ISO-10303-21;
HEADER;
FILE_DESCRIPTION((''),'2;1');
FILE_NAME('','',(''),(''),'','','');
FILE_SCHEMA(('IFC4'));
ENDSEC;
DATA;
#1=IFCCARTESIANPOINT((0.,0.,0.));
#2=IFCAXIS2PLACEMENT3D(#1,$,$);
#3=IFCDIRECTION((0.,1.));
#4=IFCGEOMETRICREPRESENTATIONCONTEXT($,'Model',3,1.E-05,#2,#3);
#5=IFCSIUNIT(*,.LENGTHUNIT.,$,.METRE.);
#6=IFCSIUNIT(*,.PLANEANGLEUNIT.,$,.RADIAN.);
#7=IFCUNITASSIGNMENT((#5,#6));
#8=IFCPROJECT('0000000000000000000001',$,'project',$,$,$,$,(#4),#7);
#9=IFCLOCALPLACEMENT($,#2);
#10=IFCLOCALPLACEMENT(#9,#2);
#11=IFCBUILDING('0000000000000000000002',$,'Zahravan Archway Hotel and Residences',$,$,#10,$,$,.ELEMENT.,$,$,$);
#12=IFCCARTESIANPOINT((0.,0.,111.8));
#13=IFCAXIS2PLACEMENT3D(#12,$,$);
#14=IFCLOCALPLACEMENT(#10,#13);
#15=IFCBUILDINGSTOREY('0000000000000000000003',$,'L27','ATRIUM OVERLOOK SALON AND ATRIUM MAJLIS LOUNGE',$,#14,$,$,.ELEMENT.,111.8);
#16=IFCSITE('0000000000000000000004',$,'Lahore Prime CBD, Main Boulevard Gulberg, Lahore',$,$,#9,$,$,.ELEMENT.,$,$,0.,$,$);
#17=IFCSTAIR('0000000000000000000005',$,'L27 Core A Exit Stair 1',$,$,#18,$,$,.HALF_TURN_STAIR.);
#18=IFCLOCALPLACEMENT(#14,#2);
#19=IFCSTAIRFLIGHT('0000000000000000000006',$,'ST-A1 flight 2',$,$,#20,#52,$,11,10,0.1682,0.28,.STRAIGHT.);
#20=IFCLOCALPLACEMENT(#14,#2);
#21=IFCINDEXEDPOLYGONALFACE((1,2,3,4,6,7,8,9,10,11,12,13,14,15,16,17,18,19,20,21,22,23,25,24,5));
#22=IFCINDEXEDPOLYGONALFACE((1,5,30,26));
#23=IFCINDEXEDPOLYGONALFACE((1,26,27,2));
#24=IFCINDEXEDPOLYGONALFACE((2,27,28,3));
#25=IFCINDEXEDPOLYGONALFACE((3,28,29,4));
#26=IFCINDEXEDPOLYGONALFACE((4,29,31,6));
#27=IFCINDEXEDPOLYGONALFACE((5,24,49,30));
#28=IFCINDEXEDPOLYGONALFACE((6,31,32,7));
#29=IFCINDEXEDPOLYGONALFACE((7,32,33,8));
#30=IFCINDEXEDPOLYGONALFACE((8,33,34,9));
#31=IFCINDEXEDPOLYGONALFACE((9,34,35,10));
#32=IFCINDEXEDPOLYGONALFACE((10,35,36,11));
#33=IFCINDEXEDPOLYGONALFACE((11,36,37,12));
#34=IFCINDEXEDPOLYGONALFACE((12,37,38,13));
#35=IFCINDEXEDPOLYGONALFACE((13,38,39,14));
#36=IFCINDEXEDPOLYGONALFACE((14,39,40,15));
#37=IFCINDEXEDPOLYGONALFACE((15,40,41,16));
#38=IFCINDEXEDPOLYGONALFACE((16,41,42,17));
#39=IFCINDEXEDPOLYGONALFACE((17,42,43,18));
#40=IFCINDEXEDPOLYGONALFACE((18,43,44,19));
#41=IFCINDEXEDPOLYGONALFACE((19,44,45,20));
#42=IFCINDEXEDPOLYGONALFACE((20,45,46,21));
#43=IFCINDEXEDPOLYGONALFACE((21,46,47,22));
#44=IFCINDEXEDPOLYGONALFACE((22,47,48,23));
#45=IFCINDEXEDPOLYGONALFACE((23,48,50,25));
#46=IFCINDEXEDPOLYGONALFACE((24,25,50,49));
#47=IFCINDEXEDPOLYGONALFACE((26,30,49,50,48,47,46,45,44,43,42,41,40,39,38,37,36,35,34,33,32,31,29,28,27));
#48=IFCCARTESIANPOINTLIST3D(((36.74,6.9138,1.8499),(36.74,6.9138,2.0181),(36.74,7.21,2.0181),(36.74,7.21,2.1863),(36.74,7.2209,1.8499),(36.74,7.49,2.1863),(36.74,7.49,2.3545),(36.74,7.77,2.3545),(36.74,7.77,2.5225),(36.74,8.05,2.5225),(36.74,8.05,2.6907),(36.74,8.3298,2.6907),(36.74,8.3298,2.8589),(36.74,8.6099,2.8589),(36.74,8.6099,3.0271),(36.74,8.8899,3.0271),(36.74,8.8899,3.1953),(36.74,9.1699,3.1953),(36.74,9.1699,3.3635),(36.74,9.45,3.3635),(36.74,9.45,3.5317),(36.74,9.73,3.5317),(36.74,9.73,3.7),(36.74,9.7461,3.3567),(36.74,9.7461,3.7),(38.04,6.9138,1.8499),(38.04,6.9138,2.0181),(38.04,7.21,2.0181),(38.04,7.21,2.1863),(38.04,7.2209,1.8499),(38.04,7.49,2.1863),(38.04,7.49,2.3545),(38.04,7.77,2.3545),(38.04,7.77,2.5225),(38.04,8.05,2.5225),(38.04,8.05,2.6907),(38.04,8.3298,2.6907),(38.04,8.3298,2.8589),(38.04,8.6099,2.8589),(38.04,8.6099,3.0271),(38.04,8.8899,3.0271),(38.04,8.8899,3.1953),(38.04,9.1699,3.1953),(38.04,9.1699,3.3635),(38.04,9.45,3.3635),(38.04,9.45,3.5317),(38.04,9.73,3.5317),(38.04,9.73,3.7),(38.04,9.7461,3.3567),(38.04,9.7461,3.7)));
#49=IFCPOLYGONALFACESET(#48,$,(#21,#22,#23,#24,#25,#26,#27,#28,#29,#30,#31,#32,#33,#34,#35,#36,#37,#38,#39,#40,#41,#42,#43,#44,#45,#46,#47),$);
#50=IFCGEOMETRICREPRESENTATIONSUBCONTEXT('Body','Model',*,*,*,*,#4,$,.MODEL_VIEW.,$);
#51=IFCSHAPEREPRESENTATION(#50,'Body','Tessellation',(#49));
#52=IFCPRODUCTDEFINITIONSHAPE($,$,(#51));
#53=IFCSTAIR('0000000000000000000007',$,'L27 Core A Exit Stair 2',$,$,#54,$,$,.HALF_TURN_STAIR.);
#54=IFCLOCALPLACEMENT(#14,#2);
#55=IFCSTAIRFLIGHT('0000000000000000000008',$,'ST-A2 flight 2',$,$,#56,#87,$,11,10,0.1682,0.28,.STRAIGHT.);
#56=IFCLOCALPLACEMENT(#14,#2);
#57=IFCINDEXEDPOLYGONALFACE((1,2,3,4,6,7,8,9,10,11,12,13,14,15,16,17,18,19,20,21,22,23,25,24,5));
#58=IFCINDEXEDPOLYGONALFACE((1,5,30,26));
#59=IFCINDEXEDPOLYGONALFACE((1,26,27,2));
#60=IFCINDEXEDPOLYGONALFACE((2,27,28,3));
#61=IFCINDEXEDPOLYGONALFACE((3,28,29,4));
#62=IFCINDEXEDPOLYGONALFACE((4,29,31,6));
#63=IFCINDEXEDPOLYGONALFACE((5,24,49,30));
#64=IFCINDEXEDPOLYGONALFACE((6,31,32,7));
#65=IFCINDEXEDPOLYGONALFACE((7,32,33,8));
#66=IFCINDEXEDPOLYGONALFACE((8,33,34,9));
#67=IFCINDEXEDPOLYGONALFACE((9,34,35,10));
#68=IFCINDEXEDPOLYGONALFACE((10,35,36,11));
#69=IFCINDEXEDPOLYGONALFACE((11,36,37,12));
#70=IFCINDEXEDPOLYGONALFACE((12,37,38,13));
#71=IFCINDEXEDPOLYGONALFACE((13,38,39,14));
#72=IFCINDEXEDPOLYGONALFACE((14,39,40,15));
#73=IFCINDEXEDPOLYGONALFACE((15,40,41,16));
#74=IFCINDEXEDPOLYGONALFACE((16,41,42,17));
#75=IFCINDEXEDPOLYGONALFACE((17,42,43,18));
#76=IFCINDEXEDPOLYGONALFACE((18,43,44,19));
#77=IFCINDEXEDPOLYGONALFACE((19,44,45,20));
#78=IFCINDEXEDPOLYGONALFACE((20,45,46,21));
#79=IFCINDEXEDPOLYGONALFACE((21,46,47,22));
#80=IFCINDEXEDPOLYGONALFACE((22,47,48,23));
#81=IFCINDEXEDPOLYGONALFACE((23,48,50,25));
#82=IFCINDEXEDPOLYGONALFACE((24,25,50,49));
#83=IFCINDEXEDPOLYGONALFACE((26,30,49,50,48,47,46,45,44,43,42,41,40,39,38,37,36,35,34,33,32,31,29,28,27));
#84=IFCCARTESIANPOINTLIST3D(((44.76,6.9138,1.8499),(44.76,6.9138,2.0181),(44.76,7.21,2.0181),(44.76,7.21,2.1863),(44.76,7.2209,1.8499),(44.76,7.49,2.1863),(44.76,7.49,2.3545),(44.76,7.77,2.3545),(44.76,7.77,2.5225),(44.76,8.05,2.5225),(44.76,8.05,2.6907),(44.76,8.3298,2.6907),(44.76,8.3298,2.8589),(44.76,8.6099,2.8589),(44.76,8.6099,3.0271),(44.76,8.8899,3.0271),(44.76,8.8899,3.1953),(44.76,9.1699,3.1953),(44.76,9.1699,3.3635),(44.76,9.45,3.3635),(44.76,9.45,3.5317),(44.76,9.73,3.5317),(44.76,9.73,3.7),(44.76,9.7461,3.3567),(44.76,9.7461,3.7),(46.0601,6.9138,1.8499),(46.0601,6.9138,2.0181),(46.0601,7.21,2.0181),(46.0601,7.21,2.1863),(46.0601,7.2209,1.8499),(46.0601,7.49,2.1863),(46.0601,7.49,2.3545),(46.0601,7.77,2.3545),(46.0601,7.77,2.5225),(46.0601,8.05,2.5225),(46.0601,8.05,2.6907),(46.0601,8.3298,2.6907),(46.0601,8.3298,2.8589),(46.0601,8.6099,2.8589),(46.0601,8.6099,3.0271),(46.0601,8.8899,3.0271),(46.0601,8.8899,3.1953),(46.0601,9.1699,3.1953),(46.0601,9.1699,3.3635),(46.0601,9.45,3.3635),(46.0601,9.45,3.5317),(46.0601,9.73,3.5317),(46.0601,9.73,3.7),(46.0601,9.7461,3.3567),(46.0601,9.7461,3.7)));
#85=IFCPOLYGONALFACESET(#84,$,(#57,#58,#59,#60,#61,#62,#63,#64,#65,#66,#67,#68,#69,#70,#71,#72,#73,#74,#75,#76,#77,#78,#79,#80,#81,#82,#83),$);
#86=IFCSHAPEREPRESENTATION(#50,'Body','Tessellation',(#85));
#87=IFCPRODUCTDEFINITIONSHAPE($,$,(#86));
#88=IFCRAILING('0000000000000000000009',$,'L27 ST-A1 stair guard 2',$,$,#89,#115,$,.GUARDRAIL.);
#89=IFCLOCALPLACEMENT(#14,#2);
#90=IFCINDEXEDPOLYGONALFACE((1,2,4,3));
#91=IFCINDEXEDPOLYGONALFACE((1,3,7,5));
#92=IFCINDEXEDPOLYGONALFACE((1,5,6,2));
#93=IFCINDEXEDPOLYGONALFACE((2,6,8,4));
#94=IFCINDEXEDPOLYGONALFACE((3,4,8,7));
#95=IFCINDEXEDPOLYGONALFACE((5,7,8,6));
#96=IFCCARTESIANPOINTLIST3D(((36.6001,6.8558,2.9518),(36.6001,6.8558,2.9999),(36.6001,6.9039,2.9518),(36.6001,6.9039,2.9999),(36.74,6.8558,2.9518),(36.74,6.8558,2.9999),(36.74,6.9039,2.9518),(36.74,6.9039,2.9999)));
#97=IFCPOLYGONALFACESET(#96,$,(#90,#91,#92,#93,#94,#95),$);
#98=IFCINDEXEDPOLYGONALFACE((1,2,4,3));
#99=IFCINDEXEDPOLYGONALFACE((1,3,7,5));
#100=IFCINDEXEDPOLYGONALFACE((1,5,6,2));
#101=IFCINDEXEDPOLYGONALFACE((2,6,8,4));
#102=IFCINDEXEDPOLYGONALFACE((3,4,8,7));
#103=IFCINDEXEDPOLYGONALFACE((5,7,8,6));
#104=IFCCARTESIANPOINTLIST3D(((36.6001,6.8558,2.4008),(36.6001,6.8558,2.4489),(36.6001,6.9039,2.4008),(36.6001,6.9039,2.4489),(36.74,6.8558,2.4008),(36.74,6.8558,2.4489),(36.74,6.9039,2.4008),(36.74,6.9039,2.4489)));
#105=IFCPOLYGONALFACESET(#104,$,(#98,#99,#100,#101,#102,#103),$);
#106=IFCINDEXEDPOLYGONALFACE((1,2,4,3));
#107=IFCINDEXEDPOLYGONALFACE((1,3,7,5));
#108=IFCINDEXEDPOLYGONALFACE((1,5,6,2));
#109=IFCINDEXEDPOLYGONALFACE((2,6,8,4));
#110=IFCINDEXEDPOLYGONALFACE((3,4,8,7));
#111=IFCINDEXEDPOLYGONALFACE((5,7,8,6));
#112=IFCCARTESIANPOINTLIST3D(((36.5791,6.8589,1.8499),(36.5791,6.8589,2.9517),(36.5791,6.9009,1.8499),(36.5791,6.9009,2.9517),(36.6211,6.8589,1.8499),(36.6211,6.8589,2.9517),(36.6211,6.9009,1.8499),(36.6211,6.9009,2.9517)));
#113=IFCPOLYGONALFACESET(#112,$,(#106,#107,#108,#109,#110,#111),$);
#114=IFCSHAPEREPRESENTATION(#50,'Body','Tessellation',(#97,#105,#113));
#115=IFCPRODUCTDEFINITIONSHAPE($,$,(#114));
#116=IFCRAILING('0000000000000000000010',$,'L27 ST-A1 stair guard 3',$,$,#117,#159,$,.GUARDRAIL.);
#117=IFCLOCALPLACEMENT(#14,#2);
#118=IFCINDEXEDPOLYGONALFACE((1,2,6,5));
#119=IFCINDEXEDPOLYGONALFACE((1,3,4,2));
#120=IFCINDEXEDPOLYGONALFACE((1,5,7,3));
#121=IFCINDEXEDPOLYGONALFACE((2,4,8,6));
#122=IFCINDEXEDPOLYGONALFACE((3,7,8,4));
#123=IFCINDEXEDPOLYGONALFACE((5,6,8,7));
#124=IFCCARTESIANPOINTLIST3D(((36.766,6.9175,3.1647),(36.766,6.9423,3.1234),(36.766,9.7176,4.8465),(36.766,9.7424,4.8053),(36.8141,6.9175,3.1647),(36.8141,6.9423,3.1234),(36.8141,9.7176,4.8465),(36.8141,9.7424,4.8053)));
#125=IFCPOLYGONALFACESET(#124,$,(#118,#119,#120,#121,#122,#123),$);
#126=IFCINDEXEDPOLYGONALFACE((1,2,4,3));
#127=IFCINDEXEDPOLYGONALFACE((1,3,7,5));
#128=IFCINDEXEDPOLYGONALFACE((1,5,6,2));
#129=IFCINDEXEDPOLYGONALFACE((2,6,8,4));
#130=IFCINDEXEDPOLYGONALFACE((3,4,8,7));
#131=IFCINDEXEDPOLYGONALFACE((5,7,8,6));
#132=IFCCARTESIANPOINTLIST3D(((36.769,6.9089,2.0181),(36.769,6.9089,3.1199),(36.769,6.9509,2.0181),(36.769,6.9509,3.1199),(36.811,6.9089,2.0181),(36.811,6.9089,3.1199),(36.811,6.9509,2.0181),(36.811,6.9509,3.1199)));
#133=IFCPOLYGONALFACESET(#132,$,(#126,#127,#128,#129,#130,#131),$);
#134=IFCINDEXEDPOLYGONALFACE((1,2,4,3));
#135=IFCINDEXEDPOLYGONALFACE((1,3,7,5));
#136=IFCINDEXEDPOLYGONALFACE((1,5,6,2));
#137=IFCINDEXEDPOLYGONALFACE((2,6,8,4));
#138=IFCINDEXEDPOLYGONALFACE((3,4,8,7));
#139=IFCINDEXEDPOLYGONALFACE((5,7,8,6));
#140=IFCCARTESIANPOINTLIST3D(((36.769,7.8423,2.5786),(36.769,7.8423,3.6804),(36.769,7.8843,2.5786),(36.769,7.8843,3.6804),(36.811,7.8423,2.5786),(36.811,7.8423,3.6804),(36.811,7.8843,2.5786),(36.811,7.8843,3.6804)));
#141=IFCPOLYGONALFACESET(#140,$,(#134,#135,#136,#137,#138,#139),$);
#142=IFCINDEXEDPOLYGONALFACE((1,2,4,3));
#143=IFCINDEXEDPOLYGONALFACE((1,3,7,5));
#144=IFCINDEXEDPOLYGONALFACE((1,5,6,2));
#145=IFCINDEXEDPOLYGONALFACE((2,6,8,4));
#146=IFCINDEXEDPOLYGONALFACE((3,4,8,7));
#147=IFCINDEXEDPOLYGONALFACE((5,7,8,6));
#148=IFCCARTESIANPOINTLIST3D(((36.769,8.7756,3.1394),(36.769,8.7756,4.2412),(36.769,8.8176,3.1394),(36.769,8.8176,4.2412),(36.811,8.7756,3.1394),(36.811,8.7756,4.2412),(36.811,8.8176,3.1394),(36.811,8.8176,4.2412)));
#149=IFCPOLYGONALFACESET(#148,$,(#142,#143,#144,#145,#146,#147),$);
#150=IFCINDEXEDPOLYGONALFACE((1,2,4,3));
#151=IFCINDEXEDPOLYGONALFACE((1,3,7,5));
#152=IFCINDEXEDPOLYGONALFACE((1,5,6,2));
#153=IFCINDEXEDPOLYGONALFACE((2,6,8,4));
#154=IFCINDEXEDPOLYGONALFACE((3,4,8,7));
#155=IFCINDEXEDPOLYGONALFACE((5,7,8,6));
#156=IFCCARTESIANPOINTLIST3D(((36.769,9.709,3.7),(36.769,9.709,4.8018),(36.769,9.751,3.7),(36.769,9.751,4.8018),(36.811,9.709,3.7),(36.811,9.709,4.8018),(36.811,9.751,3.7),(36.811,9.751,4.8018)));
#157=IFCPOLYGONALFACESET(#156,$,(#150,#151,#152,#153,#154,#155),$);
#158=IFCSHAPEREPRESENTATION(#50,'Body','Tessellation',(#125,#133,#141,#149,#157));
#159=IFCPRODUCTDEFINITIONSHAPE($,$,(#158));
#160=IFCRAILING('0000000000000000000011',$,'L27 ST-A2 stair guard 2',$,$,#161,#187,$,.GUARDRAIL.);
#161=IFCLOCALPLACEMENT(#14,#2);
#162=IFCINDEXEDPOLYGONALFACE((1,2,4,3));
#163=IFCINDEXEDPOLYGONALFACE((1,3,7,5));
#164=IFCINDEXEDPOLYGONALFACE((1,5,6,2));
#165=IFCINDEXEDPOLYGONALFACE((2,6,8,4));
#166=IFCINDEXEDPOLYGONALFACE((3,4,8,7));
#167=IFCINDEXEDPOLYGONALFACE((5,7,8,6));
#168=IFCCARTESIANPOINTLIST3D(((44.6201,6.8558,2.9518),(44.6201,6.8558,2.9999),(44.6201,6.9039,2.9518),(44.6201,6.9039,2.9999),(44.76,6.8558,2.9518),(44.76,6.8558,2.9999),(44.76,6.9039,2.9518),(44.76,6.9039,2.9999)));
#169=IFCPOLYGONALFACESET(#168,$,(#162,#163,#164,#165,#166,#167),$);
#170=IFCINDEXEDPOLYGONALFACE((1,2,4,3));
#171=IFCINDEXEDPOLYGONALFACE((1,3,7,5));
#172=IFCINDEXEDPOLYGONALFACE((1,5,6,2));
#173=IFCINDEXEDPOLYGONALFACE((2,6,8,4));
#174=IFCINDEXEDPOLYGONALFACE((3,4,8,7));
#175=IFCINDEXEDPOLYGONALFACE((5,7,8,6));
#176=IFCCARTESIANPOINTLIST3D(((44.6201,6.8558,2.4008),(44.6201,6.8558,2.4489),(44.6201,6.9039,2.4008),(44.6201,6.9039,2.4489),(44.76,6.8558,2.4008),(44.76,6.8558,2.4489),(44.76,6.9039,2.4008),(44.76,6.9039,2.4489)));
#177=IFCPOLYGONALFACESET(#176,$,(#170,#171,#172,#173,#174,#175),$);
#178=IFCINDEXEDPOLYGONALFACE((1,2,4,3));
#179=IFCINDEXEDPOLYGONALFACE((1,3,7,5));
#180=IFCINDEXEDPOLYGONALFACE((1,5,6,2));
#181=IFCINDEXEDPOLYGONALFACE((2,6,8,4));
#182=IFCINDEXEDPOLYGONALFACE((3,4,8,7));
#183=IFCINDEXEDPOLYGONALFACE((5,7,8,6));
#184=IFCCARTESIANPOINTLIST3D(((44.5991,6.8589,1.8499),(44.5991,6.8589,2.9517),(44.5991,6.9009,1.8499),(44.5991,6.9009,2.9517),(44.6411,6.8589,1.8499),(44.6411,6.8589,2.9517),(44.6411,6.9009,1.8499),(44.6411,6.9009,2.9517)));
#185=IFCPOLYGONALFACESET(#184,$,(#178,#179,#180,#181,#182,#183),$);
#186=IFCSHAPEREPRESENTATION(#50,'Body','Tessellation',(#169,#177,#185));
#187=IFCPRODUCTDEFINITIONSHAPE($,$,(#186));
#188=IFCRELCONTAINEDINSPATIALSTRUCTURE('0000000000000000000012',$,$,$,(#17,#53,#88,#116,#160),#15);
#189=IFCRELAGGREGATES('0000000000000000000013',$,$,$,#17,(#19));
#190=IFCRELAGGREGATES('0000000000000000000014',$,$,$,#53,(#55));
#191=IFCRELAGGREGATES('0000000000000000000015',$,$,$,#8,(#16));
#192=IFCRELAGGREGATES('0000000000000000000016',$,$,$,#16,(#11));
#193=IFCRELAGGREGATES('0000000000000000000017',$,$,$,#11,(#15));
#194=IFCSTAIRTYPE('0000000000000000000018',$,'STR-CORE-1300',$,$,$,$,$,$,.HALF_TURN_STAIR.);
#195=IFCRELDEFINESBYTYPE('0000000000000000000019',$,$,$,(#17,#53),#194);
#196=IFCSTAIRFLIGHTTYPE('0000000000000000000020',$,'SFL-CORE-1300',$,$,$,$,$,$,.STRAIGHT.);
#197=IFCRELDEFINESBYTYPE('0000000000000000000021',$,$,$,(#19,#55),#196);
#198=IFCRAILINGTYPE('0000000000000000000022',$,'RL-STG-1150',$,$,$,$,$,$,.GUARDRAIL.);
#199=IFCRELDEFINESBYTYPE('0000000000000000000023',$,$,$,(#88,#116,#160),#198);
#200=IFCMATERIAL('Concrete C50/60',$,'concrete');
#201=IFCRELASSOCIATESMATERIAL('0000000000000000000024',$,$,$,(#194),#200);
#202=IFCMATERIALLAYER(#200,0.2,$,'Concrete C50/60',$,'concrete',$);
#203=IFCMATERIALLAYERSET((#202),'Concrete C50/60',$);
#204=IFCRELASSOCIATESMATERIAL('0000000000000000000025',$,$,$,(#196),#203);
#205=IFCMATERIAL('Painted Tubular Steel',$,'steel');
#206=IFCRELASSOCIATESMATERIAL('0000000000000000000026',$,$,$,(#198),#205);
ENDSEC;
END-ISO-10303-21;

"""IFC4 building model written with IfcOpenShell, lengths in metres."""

from ifc_helpers import new_model, si_unit, direction, frame, origin, origin_2d, place, context, subcontext, project, spatial, polyline, rectangle, outline, extrude, source, transform, mapped, material, layer, layer_set, type_object, element, aggregate, save


model = new_model("IFC4")

# Units and contexts
model_context = context("Model", 3, precision=1e-05, world=origin(), true_north=direction((0.0, 1.0)))
body_context = subcontext(model_context, "Body", "Model", "MODEL_VIEW")
ifc_project = project(units=[si_unit("LENGTHUNIT", "METRE"), si_unit("PLANEANGLEUNIT", "RADIAN")], contexts=[model_context])

# Site, building, storey
site_placement = place(None, origin())
site = spatial("IfcSite", under=ifc_project, at=site_placement, Name="Lahore Prime CBD, Main Boulevard Gulberg, Lahore", CompositionType="ELEMENT", RefElevation=0.0)
building_placement = place(site_placement, origin())
building = spatial("IfcBuilding", under=site, at=building_placement, Name="Zahravan Archway Hotel and Residences", CompositionType="ELEMENT")
storey_placement = place(building_placement, frame((0.0, 0.0, 111.8)))
storey = spatial("IfcBuildingStorey", under=building, at=storey_placement, Name="L27", Description="ATRIUM OVERLOOK SALON AND ATRIUM MAJLIS LOUNGE", CompositionType="ELEMENT", Elevation=111.8)

# Shared definitions
ifc_material_1 = material(Name="Concrete C50/60", Category="concrete")

# Stairs, stair flights
stair_type = type_object("IfcStairType", Name="STR-CORE-1300", PredefinedType="HALF_TURN_STAIR", material=ifc_material_1)
stair_1_placement = place(storey_placement, origin())
stair_1 = element("IfcStair", 1, at=stair_1_placement, inside=storey, type_object=stair_type, Name="L27 Core A Exit Stair 1", PredefinedType="HALF_TURN_STAIR")
ifc_layer_1 = layer(ifc_material_1, 0.2, Name="Concrete C50/60", Category="concrete")
ifc_layer_set_1 = layer_set([ifc_layer_1], Name="Concrete C50/60")
stair_flight_type = type_object("IfcStairFlightType", Name="SFL-CORE-1300", PredefinedType="STRAIGHT", material=ifc_layer_set_1)
shared_shape_1 = source(origin(), body_context, "Body", "SweptSolid", [
    extrude(outline(polyline([(-0.0161, 0.0), (-0.0161, 0.1682), (0.28, 0.1682), (0.28, 0.3364), (0.5601, 0.3364), (0.5601, 0.5046), (0.8401, 0.5046), (0.8401, 0.6726), (1.1201, 0.6726), (1.1201, 0.8408), (1.3999, 0.8408), (1.3999, 1.009), (1.6799, 1.009), (1.6799, 1.1772), (1.96, 1.1772), (1.96, 1.3455), (2.24, 1.3455), (2.24, 1.5137), (2.52, 1.5137), (2.52, 1.6819), (2.8, 1.6819), (2.8, 1.8501), (2.8162, 1.8501), (2.8162, 1.5068), (0.291, 0.0), (-0.0161, 0.0)])), frame((0.0, 0.6499, 0.0), z_axis=(0.0, -1.0, 0.0), x_axis=(1.0, 0.0, 0.0)), (0.0, 0.0, 1.0), 1.3),
])
stair_flight_1_placement = place(storey_placement, frame((37.3899, 6.9299, 1.8499), z_axis=(0.0, 0.0, 1.0), x_axis=(0.0, 1.0, 0.0)))
stair_flight_1 = element("IfcStairFlight", 2, at=stair_flight_1_placement, type_object=stair_flight_type, Name="ST-A1 flight 2", NumberOfRisers=11, NumberOfTreads=10, PredefinedType="STRAIGHT", RiserHeight=0.1682, TreadLength=0.28, context=body_context, shape_type="MappedRepresentation", body=[
    mapped(shared_shape_1, transform((0.0, 0.0, 0.0), scale=1.0)),
])
aggregate(stair_1, [stair_flight_1])
stair_2_placement = place(storey_placement, origin())
stair_2 = element("IfcStair", 3, at=stair_2_placement, inside=storey, type_object=stair_type, Name="L27 Core A Exit Stair 2", PredefinedType="HALF_TURN_STAIR")
stair_flight_2_placement = place(storey_placement, frame((45.4099, 6.9299, 1.8499), z_axis=(0.0, 0.0, 1.0), x_axis=(0.0, 1.0, 0.0)))
stair_flight_2 = element("IfcStairFlight", 4, at=stair_flight_2_placement, type_object=stair_flight_type, Name="ST-A2 flight 2", NumberOfRisers=11, NumberOfTreads=10, PredefinedType="STRAIGHT", RiserHeight=0.1682, TreadLength=0.28, context=body_context, shape_type="MappedRepresentation", body=[
    mapped(shared_shape_1, transform((0.0, 0.0, 0.0), scale=1.0)),
])
aggregate(stair_2, [stair_flight_2])

# Railings
ifc_material_2 = material(Name="Painted Tubular Steel", Category="steel")
railing_type_1 = type_object("IfcRailingType", Name="RL-STG-1150", PredefinedType="GUARDRAIL", material=ifc_material_2)
railing_1_placement = place(storey_placement, frame((36.6001, 6.8799, 1.8499)))
element("IfcRailing", 5, at=railing_1_placement, inside=storey, type_object=railing_type_1, Name="L27 ST-A1 stair guard 2", PredefinedType="GUARDRAIL", context=body_context, shape_type="SweptSolid", body=[
    extrude(rectangle(XDim=0.0481, YDim=0.0481, at=origin_2d()), frame((0.0, 0.0, 1.126), z_axis=(1.0, 0.0, 0.0), x_axis=(0.0, 1.0, 0.0)), (0.0, 0.0, 1.0), 0.1399),
    extrude(rectangle(XDim=0.0481, YDim=0.0481, at=origin_2d()), frame((0.0, 0.0, 0.575), z_axis=(1.0, 0.0, 0.0), x_axis=(0.0, 1.0, 0.0)), (0.0, 0.0, 1.0), 0.1399),
    extrude(rectangle(XDim=0.042, YDim=0.042, at=origin_2d()), origin(), (0.0, 0.0, 1.0), 1.1018),
])
railing_2_placement = place(storey_placement, frame((36.79, 6.9299, 2.0181)))
element("IfcRailing", 6, at=railing_2_placement, inside=storey, type_object=railing_type_1, Name="L27 ST-A1 stair guard 3", PredefinedType="GUARDRAIL", context=body_context, shape_type="SweptSolid", body=[
    extrude(rectangle(XDim=0.0481, YDim=0.0481, at=origin_2d()), frame((0.0, 0.0, 1.126), z_axis=(0.0, 0.857242, 0.514913), x_axis=(-1.0, 0.0, 0.0)), (0.0, 0.0, 1.0), 3.2664),
    extrude(rectangle(XDim=0.042, YDim=0.042, at=origin_2d()), origin(), (0.0, 0.0, 1.0), 1.1018),
    extrude(rectangle(XDim=0.042, YDim=0.042, at=origin_2d()), frame((0.0, 0.9333, 0.5605)), (0.0, 0.0, 1.0), 1.1018),
    extrude(rectangle(XDim=0.042, YDim=0.042, at=origin_2d()), frame((0.0, 1.8667, 1.1213)), (0.0, 0.0, 1.0), 1.1018),
    extrude(rectangle(XDim=0.042, YDim=0.042, at=origin_2d()), frame((0.0, 2.8, 1.6819)), (0.0, 0.0, 1.0), 1.1018),
])
railing_3_placement = place(storey_placement, frame((44.6201, 6.8799, 1.8499)))
element("IfcRailing", 7, at=railing_3_placement, inside=storey, type_object=railing_type_1, Name="L27 ST-A2 stair guard 2", PredefinedType="GUARDRAIL", context=body_context, shape_type="SweptSolid", body=[
    extrude(rectangle(XDim=0.0481, YDim=0.0481, at=origin_2d()), frame((0.0, 0.0, 1.126), z_axis=(1.0, 0.0, 0.0), x_axis=(0.0, 1.0, 0.0)), (0.0, 0.0, 1.0), 0.1399),
    extrude(rectangle(XDim=0.0481, YDim=0.0481, at=origin_2d()), frame((0.0, 0.0, 0.575), z_axis=(1.0, 0.0, 0.0), x_axis=(0.0, 1.0, 0.0)), (0.0, 0.0, 1.0), 0.1399),
    extrude(rectangle(XDim=0.042, YDim=0.042, at=origin_2d()), origin(), (0.0, 0.0, 1.0), 1.1018),
])

save(model, "model.ifc")
